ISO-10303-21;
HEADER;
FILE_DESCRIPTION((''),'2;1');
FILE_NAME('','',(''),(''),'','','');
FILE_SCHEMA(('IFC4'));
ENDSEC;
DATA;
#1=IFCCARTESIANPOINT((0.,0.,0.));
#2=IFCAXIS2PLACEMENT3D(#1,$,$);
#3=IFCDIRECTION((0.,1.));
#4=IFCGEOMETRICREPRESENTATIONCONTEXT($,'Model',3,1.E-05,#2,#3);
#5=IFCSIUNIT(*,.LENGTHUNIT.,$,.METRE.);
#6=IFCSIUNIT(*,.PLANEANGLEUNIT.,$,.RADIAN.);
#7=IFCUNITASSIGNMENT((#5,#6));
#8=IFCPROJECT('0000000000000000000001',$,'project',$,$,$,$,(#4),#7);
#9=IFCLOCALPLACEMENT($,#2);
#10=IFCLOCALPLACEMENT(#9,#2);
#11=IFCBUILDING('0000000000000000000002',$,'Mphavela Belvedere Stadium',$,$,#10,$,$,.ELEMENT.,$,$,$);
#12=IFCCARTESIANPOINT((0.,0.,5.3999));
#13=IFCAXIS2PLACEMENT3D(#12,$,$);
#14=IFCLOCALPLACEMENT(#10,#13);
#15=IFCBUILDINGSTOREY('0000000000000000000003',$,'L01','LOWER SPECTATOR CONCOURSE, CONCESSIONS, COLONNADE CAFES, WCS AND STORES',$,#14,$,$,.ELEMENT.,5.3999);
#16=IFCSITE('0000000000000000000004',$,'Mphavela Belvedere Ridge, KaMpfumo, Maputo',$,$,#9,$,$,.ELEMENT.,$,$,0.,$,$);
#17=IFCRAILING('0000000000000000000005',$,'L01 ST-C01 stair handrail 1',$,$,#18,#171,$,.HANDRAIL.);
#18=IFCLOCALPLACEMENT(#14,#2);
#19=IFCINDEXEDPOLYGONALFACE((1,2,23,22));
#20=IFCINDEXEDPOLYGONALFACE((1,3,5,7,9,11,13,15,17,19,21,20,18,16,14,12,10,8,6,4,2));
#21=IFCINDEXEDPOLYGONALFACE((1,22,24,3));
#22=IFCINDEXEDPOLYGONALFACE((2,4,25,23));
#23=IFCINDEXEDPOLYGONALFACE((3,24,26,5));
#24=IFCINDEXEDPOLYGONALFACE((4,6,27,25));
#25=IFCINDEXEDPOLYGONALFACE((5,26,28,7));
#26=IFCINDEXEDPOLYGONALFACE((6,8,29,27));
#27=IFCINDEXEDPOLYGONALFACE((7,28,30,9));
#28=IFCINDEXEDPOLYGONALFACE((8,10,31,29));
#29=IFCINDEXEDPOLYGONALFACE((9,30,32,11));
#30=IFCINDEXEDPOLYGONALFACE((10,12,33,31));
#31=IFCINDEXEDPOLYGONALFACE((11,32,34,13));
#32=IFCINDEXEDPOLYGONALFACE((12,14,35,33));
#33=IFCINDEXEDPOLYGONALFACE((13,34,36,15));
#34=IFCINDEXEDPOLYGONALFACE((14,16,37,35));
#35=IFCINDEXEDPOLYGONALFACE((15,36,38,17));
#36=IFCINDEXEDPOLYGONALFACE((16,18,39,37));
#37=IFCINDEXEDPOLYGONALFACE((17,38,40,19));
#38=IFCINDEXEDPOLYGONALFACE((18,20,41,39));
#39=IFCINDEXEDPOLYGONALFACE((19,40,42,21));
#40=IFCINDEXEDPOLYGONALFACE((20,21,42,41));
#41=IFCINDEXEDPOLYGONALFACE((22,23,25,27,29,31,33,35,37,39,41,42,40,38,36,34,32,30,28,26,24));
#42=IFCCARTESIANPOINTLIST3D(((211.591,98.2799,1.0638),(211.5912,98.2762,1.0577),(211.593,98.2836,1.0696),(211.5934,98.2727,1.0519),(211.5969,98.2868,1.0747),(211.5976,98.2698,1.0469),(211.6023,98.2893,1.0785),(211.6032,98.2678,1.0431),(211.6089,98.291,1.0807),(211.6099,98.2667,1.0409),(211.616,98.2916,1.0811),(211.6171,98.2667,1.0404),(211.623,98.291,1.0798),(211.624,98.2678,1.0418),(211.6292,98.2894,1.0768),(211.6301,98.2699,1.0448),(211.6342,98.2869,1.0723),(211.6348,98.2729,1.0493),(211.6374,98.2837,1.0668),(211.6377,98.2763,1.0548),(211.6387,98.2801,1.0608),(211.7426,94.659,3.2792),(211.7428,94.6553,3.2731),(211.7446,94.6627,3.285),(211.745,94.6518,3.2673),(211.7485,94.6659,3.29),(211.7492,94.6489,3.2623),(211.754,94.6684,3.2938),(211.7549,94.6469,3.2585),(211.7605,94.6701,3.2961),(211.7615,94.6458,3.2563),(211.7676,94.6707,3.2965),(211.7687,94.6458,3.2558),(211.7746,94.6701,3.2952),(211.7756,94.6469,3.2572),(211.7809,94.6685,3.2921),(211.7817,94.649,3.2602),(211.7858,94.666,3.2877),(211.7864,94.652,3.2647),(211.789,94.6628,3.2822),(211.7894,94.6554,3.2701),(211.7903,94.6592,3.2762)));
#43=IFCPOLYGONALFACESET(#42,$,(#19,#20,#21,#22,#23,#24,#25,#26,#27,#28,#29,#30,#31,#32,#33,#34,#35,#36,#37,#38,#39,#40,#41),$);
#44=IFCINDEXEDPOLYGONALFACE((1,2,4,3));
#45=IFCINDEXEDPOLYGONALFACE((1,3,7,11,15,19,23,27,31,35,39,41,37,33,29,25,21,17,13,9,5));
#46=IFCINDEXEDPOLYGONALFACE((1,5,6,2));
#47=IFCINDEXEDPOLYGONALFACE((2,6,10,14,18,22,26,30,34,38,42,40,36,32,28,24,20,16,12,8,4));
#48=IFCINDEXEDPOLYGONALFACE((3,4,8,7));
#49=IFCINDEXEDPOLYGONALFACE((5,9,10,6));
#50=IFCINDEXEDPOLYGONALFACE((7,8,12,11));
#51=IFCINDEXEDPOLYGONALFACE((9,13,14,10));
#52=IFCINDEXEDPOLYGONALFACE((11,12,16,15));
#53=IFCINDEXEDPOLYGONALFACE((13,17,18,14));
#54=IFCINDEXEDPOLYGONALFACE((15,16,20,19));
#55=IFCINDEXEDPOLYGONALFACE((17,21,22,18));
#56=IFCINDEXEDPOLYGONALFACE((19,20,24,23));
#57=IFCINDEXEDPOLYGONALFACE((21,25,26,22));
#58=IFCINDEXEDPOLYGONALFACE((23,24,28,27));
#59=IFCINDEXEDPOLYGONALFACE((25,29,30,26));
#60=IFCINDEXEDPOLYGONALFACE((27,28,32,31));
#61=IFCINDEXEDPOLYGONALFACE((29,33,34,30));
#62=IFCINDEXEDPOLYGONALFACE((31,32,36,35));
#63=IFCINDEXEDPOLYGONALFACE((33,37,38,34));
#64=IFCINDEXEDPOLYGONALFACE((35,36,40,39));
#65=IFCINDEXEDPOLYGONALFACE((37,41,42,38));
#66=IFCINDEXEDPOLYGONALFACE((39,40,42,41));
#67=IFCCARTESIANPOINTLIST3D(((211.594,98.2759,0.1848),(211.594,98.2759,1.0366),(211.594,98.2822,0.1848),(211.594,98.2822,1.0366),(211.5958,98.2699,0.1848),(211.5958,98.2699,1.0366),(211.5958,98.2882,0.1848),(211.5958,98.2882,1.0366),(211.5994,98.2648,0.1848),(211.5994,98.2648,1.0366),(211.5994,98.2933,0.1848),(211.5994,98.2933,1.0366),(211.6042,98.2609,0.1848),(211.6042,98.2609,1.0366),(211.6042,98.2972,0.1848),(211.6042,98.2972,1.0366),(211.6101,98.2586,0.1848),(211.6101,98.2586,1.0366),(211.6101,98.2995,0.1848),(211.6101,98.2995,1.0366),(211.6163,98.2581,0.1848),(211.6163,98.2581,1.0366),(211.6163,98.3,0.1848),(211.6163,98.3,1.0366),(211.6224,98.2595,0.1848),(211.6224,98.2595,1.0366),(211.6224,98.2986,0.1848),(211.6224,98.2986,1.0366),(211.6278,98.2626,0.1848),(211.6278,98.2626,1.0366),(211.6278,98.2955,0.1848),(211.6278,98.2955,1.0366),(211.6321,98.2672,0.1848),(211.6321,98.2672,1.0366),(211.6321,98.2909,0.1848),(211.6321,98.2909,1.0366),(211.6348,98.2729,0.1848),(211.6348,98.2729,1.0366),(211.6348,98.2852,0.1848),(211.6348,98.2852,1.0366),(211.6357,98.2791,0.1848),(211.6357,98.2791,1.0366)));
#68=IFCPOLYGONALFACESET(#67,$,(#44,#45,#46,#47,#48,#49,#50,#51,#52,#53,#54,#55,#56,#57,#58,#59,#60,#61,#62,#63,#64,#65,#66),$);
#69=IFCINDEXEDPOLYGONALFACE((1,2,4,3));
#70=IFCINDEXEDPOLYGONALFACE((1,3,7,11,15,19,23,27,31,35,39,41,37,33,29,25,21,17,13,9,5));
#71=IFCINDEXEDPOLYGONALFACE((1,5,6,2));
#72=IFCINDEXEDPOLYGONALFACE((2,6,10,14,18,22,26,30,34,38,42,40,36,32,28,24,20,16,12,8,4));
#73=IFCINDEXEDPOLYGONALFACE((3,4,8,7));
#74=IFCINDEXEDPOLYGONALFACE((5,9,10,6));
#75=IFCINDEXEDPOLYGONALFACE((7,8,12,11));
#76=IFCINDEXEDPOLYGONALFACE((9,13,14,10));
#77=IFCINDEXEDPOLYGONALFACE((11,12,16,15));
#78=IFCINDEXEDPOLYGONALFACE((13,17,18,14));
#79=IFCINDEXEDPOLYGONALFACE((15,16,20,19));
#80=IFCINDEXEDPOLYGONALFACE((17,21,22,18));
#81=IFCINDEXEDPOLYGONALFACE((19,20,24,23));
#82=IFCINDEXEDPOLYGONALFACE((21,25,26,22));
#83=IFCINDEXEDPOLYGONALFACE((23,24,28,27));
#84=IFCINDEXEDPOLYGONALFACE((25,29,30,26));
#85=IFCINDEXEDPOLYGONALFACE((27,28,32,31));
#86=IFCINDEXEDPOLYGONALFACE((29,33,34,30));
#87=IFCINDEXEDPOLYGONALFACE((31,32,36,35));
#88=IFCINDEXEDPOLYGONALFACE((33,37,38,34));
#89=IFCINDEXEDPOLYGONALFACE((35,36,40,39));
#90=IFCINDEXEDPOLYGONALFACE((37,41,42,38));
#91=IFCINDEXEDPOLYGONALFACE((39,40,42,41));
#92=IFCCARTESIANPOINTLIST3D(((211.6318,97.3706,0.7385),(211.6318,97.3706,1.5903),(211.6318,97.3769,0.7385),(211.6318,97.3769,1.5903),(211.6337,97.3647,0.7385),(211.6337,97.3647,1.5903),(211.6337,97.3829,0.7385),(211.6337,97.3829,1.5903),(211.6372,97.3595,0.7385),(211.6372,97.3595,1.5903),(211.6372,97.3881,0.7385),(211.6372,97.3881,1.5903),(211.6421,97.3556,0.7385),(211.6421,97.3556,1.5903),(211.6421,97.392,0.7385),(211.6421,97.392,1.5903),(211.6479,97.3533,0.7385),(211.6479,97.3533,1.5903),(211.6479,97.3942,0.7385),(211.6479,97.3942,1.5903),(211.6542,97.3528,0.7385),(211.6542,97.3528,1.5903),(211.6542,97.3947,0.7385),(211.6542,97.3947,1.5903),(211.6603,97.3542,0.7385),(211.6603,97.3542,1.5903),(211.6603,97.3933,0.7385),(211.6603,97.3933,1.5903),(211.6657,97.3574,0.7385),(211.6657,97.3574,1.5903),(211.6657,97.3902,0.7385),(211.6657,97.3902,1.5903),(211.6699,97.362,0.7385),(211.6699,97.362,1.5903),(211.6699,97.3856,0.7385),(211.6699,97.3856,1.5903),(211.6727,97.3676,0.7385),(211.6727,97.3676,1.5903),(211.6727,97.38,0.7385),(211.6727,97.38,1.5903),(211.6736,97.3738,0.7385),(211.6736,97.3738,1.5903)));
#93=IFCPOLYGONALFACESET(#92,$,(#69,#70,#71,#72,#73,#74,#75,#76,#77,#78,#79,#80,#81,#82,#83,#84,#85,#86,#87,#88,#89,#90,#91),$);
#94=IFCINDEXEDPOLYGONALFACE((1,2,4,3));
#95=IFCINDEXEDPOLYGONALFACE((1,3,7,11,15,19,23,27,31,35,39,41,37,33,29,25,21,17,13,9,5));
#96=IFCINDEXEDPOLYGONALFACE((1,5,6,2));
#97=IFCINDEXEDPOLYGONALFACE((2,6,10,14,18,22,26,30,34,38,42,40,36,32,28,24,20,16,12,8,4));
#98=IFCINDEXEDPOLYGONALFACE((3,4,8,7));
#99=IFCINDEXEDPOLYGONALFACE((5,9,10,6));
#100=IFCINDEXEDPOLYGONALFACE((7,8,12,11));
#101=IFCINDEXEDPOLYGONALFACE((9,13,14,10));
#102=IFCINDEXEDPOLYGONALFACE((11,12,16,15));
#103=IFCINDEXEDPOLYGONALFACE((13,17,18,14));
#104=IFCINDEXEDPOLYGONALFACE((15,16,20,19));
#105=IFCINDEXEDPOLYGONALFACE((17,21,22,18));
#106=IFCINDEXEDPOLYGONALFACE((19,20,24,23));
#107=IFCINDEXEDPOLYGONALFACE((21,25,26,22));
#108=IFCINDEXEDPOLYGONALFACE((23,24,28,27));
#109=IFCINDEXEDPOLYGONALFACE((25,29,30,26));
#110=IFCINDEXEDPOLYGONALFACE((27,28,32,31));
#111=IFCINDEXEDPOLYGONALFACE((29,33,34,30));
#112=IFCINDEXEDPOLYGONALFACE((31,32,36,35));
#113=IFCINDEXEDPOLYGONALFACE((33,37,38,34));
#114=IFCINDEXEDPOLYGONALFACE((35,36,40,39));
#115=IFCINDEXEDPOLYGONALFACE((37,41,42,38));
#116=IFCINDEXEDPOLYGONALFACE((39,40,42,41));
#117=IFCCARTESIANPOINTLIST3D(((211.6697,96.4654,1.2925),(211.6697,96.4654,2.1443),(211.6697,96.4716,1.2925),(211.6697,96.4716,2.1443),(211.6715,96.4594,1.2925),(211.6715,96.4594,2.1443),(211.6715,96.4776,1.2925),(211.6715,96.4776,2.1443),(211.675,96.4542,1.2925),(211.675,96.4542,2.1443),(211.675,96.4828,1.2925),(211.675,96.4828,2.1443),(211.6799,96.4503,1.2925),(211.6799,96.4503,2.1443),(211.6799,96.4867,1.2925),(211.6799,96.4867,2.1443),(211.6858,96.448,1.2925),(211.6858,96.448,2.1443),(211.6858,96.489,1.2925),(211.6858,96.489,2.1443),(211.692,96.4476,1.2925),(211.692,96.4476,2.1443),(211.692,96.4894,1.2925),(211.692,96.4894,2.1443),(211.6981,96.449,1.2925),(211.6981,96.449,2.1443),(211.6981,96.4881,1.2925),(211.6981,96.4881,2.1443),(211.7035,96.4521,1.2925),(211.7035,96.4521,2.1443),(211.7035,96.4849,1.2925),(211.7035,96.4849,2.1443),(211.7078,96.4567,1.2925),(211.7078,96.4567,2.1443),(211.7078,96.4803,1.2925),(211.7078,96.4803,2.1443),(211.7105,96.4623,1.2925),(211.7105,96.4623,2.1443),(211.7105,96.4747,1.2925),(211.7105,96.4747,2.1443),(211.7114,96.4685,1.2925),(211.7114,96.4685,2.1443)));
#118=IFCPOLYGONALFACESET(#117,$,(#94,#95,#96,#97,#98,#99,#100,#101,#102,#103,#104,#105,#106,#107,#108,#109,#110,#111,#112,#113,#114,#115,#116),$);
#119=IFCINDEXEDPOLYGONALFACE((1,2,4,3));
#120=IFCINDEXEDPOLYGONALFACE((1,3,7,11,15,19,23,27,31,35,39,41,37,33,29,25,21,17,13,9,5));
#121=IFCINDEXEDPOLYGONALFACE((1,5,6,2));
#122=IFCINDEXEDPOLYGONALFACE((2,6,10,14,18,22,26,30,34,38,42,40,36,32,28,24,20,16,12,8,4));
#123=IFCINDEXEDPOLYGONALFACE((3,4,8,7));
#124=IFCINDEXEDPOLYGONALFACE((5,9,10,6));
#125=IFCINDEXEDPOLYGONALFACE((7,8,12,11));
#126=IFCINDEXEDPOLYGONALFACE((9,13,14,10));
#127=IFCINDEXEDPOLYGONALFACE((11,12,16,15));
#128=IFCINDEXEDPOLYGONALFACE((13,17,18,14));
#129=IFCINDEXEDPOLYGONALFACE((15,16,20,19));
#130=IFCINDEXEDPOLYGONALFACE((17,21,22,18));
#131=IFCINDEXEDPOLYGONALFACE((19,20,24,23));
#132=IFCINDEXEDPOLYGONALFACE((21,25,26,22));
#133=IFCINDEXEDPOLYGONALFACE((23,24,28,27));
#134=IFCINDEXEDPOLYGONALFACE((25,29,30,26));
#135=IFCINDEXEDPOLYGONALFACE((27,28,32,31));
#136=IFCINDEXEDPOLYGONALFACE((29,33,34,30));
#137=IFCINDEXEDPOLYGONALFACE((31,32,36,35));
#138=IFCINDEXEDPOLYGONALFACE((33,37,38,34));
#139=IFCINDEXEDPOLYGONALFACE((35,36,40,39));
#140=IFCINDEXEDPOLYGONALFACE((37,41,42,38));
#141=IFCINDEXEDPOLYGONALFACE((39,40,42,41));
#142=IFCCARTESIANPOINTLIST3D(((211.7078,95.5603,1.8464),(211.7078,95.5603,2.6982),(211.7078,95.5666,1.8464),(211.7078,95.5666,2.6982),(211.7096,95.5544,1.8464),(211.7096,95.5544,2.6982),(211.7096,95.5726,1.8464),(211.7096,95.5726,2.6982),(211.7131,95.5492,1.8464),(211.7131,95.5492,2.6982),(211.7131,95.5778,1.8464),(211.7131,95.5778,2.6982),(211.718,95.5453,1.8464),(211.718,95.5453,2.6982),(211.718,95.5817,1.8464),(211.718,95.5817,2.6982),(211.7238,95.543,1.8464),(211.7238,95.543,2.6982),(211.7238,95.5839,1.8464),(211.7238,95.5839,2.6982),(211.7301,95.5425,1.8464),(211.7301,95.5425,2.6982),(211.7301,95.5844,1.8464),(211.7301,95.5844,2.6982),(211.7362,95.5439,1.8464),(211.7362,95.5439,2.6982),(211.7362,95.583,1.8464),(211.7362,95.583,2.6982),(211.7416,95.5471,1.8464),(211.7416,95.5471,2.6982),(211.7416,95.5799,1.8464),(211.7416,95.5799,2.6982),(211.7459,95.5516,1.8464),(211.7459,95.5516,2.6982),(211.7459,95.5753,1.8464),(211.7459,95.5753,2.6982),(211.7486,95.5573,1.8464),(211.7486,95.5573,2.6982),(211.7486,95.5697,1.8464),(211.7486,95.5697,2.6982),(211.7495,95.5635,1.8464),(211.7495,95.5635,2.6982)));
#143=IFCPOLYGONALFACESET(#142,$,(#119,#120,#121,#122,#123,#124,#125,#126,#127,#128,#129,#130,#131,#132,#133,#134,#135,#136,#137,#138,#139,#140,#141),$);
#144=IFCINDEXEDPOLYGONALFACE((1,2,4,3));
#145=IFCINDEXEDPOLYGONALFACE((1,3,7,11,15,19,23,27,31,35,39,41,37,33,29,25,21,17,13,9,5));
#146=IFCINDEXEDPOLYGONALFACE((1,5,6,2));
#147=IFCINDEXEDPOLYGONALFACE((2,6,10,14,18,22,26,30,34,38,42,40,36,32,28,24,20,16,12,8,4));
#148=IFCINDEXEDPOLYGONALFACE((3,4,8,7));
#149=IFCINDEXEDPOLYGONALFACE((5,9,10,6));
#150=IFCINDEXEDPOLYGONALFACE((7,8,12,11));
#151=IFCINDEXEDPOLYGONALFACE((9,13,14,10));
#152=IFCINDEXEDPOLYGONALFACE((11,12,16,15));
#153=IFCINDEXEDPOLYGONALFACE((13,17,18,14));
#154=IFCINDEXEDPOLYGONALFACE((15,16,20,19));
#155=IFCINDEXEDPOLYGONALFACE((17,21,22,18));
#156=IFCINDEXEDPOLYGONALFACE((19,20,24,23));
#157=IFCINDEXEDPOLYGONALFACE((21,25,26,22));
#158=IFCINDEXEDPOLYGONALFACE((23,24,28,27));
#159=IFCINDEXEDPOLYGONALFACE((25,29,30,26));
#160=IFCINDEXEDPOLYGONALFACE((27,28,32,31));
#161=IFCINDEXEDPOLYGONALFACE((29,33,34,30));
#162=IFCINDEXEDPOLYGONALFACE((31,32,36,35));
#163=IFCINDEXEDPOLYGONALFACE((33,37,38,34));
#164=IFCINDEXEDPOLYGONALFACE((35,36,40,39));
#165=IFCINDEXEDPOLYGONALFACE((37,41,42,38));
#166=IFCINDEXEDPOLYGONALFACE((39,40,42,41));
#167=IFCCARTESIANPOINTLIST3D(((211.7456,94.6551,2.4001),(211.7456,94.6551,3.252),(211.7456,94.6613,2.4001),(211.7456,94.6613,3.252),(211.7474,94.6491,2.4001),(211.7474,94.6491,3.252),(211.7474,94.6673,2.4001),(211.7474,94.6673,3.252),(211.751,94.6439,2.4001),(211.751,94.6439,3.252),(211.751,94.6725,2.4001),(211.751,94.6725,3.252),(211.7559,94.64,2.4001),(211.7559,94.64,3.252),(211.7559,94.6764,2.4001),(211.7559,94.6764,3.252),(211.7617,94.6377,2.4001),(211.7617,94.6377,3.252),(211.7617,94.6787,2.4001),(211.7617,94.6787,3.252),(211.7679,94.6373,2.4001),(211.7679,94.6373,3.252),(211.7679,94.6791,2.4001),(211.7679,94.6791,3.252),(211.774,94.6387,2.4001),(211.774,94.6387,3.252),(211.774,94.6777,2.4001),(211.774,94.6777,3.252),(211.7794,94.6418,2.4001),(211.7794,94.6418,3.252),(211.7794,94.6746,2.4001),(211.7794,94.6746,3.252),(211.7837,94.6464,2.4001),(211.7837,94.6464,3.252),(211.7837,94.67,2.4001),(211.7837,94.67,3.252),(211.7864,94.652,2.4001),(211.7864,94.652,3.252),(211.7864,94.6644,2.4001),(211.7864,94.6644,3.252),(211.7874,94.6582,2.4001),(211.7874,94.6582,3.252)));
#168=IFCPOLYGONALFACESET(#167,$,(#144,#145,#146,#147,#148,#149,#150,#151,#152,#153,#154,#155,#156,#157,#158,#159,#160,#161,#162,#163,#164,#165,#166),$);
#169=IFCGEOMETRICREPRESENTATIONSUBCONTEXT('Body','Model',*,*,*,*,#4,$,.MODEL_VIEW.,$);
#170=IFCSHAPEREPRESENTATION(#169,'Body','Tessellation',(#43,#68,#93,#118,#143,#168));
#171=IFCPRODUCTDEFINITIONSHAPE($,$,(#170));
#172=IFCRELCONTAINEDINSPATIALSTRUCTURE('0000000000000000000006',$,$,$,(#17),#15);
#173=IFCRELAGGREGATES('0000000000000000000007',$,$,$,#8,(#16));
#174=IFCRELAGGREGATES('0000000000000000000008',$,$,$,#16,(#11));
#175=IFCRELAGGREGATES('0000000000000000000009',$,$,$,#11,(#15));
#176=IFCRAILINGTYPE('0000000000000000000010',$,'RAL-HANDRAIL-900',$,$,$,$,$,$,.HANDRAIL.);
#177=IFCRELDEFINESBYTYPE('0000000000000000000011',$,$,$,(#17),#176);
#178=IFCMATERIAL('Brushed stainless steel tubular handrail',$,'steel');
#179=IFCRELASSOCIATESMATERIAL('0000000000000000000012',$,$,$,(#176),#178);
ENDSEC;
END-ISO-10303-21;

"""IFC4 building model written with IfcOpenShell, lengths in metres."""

from ifc_helpers import new_model, si_unit, direction, frame, origin, origin_2d, place, context, subcontext, project, spatial, circle, extrude, material, type_object, element, save


model = new_model("IFC4")

# Units and contexts
model_context = context("Model", 3, precision=1e-05, world=origin(), true_north=direction((0.0, 1.0)))
body_context = subcontext(model_context, "Body", "Model", "MODEL_VIEW")
ifc_project = project(units=[si_unit("LENGTHUNIT", "METRE"), si_unit("PLANEANGLEUNIT", "RADIAN")], contexts=[model_context])

# Site, building, storey
site_placement = place(None, origin())
site = spatial("IfcSite", under=ifc_project, at=site_placement, Name="Mphavela Belvedere Ridge, KaMpfumo, Maputo", CompositionType="ELEMENT", RefElevation=0.0)
building_placement = place(site_placement, origin())
building = spatial("IfcBuilding", under=site, at=building_placement, Name="Mphavela Belvedere Stadium", CompositionType="ELEMENT")
storey_placement = place(building_placement, frame((0.0, 0.0, 5.3999)))
storey = spatial("IfcBuildingStorey", under=building, at=storey_placement, Name="L01", Description="LOWER SPECTATOR CONCOURSE, CONCESSIONS, COLONNADE CAFES, WCS AND STORES", CompositionType="ELEMENT", Elevation=5.3999)

# Railing
ifc_material_1 = material(Name="Brushed stainless steel tubular handrail", Category="steel")
railing_type_1 = type_object("IfcRailingType", Name="RAL-HANDRAIL-900", PredefinedType="HANDRAIL", material=ifc_material_1)
railing_1_placement = place(storey_placement, frame((211.6147, 98.2791, 0.1848)))
element("IfcRailing", 1, at=railing_1_placement, inside=storey, type_object=railing_type_1, Name="L01 ST-C01 stair handrail 1", PredefinedType="HANDRAIL", context=body_context, shape_type="SweptSolid", body=[
    extrude(circle(Radius=0.0239, at=origin_2d()), frame((0.0, 0.0, 0.876), z_axis=(0.035694, -0.852467, 0.521562), x_axis=(0.999125, 0.041835, 0.0)), (0.0, 0.0, 1.0), 4.2476),
    extrude(circle(Radius=0.021, at=origin_2d()), origin(), (0.0, 0.0, 1.0), 0.8518),
    extrude(circle(Radius=0.021, at=origin_2d()), frame((0.0378, -0.9053, 0.5537)), (0.0, 0.0, 1.0), 0.8518),
    extrude(circle(Radius=0.021, at=origin_2d()), frame((0.0757, -1.8105, 1.1077)), (0.0, 0.0, 1.0), 0.8518),
    extrude(circle(Radius=0.021, at=origin_2d()), frame((0.1138, -2.7156, 1.6616)), (0.0, 0.0, 1.0), 0.8518),
    extrude(circle(Radius=0.021, at=origin_2d()), frame((0.1516, -3.6208, 2.2153)), (0.0, 0.0, 1.0), 0.8518),
])

save(model, "model.ifc")
